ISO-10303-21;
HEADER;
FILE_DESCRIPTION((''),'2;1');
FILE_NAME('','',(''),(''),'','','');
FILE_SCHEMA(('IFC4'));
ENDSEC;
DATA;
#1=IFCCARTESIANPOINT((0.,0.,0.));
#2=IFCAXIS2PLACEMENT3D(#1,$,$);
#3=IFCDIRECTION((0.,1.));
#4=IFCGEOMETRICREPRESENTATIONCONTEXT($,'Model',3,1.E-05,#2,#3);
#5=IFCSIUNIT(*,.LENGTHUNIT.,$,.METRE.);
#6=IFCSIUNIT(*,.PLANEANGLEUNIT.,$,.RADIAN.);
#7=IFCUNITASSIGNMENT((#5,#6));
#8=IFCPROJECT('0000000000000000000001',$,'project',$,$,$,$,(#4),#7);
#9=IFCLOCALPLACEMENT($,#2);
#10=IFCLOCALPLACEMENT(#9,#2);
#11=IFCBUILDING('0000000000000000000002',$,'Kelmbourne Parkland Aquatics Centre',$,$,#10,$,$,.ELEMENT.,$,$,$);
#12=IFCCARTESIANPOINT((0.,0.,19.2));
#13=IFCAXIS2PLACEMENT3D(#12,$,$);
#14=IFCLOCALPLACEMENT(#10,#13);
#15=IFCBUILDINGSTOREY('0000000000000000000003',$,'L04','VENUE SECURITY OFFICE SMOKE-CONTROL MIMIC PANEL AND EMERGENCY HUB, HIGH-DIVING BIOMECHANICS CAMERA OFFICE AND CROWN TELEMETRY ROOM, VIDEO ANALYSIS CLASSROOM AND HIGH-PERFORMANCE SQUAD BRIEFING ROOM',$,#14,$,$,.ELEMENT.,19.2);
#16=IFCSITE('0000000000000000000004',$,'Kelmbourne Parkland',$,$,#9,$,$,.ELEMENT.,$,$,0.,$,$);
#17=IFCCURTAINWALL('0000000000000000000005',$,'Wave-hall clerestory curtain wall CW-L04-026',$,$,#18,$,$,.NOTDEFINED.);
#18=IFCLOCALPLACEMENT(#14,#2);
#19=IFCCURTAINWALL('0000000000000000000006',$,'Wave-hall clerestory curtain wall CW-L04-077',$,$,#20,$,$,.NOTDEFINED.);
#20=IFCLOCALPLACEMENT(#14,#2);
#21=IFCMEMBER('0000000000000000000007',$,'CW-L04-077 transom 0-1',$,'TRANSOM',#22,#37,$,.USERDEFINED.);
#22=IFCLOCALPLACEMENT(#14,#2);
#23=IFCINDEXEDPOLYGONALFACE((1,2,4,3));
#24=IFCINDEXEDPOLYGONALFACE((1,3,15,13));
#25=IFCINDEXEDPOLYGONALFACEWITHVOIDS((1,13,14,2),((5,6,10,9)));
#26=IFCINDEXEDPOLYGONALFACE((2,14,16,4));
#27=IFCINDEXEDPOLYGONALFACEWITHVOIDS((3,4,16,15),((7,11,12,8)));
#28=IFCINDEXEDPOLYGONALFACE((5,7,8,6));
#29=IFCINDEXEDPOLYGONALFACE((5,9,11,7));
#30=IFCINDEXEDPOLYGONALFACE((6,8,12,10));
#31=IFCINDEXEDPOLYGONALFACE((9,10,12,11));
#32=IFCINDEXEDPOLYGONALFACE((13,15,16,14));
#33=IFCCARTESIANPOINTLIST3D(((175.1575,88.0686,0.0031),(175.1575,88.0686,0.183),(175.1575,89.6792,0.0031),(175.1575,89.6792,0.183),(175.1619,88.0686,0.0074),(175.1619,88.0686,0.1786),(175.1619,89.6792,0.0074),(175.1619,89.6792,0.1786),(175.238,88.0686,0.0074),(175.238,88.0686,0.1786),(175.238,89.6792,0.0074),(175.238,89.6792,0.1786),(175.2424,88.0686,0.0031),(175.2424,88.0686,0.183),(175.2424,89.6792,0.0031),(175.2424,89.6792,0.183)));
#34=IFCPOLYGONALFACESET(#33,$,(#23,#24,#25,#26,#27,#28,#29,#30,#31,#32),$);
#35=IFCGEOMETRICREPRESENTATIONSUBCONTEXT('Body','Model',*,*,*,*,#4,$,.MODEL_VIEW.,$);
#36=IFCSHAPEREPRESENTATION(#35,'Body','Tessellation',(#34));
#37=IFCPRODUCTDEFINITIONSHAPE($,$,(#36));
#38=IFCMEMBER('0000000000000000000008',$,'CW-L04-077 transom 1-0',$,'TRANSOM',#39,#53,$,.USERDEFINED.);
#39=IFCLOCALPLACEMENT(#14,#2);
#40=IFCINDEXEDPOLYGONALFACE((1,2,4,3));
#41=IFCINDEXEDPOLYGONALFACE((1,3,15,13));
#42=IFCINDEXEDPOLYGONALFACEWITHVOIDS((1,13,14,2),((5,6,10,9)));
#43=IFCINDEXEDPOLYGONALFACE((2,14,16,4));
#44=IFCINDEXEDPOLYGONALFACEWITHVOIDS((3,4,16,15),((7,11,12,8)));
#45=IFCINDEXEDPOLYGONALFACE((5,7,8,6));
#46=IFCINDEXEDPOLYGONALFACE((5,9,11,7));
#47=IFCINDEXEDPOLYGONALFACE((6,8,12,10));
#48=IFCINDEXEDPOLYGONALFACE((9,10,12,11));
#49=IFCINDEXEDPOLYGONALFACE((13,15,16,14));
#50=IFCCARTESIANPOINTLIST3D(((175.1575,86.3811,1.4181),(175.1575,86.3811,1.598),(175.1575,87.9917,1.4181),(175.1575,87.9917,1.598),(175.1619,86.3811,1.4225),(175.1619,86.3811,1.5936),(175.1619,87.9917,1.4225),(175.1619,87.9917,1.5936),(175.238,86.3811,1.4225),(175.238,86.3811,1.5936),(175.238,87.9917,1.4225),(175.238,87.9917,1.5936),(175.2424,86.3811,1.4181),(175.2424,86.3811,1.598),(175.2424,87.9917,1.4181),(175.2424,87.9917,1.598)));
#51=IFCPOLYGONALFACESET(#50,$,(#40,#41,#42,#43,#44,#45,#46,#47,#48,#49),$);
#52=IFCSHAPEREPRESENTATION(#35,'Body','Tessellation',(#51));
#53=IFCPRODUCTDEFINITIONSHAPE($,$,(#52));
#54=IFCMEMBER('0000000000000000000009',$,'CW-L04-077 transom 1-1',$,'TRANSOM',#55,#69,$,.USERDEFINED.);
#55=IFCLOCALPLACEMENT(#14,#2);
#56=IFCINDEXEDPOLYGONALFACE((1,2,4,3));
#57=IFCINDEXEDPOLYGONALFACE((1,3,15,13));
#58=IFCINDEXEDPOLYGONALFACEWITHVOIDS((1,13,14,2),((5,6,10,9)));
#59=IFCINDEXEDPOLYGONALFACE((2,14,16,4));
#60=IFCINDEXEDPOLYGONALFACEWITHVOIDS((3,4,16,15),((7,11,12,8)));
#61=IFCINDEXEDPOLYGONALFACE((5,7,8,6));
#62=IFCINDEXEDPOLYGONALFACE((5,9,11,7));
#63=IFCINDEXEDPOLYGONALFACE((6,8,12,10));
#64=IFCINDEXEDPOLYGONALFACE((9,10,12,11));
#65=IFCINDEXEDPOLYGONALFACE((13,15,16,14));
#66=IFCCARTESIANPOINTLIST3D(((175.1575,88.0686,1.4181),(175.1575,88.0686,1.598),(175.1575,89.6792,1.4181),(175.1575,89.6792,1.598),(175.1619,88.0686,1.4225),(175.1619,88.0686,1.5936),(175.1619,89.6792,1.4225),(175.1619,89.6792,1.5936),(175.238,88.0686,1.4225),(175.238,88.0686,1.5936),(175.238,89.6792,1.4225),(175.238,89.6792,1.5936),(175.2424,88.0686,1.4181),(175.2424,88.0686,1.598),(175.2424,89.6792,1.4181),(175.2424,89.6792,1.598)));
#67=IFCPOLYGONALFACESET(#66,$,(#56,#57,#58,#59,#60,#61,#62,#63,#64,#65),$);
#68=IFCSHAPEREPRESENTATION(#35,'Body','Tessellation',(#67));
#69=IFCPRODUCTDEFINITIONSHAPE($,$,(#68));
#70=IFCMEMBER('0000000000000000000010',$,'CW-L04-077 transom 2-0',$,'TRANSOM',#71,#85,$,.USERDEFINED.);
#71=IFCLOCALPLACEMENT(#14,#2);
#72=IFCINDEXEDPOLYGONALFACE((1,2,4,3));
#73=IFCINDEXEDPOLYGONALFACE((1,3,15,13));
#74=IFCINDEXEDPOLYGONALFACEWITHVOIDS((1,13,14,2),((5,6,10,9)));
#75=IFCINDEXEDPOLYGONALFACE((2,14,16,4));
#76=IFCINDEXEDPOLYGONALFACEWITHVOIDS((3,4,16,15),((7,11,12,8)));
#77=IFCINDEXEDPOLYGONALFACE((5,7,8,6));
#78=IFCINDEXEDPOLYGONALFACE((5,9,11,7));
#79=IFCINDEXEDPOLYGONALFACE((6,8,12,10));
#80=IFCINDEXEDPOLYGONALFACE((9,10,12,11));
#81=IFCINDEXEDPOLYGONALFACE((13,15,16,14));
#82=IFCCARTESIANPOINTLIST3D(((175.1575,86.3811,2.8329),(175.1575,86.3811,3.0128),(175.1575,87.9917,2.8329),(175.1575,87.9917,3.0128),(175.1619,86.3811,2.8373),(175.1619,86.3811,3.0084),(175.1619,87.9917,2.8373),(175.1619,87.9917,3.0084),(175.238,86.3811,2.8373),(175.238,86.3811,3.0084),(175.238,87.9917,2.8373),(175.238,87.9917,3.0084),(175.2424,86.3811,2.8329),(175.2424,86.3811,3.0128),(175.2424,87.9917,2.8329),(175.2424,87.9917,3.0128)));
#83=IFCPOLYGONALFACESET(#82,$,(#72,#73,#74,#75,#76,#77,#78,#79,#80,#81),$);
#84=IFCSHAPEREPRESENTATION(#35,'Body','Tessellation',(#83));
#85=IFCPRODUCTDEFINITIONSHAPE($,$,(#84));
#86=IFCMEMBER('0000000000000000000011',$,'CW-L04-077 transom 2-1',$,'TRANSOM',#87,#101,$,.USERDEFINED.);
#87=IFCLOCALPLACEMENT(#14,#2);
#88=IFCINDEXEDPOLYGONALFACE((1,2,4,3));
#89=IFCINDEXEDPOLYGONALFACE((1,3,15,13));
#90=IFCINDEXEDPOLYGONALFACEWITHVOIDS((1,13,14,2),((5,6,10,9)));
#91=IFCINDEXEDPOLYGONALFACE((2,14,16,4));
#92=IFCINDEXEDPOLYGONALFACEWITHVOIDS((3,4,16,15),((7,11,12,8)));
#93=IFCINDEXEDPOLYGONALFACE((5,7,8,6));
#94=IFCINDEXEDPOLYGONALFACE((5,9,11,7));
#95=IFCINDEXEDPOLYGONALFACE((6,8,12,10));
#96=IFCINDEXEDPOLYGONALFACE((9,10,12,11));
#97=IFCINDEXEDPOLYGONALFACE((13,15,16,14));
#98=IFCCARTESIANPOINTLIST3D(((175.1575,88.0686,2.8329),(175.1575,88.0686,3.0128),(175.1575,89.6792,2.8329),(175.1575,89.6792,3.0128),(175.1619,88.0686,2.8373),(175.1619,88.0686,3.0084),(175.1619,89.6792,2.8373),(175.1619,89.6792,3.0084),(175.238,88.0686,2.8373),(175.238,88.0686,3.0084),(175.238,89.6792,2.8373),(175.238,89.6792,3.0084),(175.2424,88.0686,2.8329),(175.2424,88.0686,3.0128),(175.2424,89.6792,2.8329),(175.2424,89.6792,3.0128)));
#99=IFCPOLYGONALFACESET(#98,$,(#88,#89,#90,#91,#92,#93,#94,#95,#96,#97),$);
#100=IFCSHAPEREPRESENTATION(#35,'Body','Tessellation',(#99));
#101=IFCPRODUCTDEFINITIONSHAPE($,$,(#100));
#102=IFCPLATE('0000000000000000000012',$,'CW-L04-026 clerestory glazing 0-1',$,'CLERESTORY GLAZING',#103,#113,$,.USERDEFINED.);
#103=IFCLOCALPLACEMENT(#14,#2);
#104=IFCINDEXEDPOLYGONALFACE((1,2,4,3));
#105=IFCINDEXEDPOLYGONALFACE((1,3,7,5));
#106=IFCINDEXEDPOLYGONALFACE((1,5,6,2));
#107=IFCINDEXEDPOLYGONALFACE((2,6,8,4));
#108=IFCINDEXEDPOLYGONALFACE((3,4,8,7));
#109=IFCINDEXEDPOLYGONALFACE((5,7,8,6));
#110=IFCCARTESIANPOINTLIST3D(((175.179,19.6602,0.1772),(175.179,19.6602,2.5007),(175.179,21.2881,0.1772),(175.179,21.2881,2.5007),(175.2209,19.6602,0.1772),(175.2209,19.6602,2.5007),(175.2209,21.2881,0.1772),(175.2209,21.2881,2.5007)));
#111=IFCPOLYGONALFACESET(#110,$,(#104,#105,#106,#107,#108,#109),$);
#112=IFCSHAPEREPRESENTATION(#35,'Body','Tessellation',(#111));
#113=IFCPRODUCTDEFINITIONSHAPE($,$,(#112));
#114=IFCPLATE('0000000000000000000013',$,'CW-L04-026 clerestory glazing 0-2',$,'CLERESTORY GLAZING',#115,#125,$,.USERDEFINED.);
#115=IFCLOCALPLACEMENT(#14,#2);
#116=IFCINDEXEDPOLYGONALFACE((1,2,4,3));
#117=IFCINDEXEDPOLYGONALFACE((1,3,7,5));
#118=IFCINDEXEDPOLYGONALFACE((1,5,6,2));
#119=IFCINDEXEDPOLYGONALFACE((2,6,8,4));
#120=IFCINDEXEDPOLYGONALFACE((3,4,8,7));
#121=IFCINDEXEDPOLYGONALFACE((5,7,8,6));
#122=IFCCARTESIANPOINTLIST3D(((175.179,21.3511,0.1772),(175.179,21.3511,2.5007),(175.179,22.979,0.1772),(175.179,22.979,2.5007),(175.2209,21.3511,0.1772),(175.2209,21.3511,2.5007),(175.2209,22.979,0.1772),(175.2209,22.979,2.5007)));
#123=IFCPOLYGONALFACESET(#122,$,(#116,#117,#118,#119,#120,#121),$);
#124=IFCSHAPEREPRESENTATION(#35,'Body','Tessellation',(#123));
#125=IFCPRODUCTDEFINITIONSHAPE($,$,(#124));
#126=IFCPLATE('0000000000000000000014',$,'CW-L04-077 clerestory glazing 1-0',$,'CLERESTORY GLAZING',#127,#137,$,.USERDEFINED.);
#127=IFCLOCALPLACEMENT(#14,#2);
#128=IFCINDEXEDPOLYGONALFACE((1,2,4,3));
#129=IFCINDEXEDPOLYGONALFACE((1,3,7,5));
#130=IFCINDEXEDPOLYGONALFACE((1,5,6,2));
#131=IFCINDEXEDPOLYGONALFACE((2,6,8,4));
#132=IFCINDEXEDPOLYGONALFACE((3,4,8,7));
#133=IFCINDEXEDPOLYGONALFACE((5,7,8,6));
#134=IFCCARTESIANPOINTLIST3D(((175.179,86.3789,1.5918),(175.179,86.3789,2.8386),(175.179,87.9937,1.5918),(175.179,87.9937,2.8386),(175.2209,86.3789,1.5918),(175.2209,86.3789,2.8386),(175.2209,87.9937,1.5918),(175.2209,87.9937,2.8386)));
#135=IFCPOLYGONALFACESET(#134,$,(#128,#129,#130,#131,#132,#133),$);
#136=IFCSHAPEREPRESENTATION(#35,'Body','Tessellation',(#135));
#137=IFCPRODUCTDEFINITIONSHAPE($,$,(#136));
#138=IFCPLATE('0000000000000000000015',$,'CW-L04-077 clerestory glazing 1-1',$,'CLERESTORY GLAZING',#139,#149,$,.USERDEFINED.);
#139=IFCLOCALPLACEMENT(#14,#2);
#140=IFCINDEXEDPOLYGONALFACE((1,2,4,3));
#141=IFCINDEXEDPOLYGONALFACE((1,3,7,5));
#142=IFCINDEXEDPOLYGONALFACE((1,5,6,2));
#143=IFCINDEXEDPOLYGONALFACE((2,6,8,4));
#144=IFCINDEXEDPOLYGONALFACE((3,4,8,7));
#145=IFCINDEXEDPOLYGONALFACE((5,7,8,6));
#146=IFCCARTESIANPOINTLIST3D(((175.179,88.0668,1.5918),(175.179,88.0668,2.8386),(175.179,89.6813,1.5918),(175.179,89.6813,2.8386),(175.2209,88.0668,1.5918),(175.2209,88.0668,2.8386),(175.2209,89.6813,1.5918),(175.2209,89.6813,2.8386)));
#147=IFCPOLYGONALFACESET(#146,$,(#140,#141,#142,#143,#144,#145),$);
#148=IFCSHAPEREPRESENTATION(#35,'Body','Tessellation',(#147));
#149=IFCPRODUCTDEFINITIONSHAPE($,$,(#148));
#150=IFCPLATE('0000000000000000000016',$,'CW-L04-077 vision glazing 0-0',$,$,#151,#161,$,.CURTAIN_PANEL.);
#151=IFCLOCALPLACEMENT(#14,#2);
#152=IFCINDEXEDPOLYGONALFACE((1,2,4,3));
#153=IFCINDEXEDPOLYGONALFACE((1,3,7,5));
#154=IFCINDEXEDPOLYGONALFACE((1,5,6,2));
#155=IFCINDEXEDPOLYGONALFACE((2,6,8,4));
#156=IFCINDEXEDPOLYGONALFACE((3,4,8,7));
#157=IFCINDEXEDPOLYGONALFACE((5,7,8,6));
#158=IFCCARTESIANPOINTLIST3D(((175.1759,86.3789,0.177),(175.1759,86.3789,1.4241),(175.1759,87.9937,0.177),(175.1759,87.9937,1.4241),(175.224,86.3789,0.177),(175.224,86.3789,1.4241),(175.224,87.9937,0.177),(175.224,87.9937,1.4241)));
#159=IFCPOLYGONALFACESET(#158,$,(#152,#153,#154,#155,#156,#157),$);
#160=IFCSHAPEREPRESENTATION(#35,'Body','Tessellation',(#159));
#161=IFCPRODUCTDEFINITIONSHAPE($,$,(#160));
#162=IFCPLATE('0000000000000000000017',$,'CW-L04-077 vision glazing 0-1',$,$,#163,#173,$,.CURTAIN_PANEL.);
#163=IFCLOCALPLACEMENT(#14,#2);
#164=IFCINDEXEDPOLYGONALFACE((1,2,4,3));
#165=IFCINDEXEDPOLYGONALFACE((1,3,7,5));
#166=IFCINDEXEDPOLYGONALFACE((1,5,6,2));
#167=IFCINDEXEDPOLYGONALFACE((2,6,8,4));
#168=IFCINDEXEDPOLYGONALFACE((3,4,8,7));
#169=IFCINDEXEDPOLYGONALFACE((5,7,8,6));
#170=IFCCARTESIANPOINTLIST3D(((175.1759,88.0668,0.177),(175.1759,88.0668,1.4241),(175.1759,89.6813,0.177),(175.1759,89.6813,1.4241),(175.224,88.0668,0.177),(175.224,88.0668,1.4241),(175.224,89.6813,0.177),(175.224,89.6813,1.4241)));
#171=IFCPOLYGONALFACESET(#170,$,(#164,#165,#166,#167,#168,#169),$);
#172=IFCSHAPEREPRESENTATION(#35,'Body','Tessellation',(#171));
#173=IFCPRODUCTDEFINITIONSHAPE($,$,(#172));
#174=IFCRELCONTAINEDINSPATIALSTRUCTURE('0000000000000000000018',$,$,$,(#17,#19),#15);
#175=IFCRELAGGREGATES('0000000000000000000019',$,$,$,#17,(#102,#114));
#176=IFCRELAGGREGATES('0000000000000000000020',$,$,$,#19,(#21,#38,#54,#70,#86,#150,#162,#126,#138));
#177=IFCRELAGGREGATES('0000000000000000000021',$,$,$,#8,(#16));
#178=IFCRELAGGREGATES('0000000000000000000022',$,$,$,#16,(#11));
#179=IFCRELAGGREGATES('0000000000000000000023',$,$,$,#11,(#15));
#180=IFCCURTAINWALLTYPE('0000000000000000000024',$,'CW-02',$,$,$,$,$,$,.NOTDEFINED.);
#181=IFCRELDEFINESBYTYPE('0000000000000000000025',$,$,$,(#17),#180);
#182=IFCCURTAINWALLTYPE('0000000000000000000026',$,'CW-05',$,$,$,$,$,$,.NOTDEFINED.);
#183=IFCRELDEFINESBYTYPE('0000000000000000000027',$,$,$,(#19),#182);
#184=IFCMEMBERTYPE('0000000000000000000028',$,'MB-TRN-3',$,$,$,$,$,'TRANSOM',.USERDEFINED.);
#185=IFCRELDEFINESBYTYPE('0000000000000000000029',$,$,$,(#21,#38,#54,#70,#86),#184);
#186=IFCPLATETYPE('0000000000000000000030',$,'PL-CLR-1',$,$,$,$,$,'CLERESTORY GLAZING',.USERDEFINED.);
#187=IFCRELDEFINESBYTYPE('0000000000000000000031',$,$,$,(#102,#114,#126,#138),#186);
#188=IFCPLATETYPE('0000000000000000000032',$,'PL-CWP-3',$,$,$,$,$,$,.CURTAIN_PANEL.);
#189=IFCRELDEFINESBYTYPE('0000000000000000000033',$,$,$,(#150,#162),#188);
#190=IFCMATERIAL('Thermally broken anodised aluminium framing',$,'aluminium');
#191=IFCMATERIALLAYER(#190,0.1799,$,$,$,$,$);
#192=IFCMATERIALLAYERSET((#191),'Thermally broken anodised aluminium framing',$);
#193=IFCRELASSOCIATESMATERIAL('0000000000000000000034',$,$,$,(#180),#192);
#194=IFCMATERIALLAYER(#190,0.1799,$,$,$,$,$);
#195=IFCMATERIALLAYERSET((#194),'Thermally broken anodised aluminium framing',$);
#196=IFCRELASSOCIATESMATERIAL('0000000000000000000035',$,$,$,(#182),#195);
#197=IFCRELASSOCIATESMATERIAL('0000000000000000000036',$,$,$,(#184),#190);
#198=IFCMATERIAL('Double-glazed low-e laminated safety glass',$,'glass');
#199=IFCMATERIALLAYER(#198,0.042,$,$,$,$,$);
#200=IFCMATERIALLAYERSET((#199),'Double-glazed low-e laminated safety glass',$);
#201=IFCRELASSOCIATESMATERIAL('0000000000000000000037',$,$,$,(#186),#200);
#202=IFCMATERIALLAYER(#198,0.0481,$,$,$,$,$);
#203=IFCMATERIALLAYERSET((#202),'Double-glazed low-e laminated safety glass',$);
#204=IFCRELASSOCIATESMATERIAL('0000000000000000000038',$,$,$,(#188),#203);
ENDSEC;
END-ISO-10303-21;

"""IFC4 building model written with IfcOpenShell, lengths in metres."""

from ifc_helpers import new_model, si_unit, direction, frame, origin, origin_2d, place, context, subcontext, project, spatial, rectangle, hollow_rectangle, extrude, material, layer, layer_set, material_profile, profile_set, type_object, element, aggregate, save


model = new_model("IFC4")

# Units and contexts
model_context = context("Model", 3, precision=1e-05, world=origin(), true_north=direction((0.0, 1.0)))
body_context = subcontext(model_context, "Body", "Model", "MODEL_VIEW")
ifc_project = project(units=[si_unit("LENGTHUNIT", "METRE"), si_unit("PLANEANGLEUNIT", "RADIAN")], contexts=[model_context])

# Site, building, storey
site_placement = place(None, origin())
site = spatial("IfcSite", under=ifc_project, at=site_placement, Name="Kelmbourne Parkland", CompositionType="ELEMENT", RefElevation=0.0)
building_placement = place(site_placement, origin())
building = spatial("IfcBuilding", under=site, at=building_placement, Name="Kelmbourne Parkland Aquatics Centre", CompositionType="ELEMENT")
storey_placement = place(building_placement, frame((0.0, 0.0, 19.2)))
storey = spatial("IfcBuildingStorey", under=building, at=storey_placement, Name="L04", Description="VENUE SECURITY OFFICE SMOKE-CONTROL MIMIC PANEL AND EMERGENCY HUB, HIGH-DIVING BIOMECHANICS CAMERA OFFICE AND CROWN TELEMETRY ROOM, VIDEO ANALYSIS CLASSROOM AND HIGH-PERFORMANCE SQUAD BRIEFING ROOM", CompositionType="ELEMENT", Elevation=19.2)

# Curtain walls
ifc_material_1 = material(Name="Thermally broken anodised aluminium framing", Category="aluminium")
ifc_layer_1 = layer(ifc_material_1, 0.1799)
ifc_layer_set_1 = layer_set([ifc_layer_1], Name="Thermally broken anodised aluminium framing")
curtain_wall_type_1 = type_object("IfcCurtainWallType", Name="CW-02", PredefinedType="NOTDEFINED", material=ifc_layer_set_1)
curtain_wall_1_placement = place(storey_placement, origin())
curtain_wall_1 = element("IfcCurtainWall", 1, at=curtain_wall_1_placement, inside=storey, type_object=curtain_wall_type_1, Name="Wave-hall clerestory curtain wall CW-L04-026", PredefinedType="NOTDEFINED")
ifc_layer_2 = layer(ifc_material_1, 0.1799)
ifc_layer_set_2 = layer_set([ifc_layer_2], Name="Thermally broken anodised aluminium framing")
curtain_wall_type_2 = type_object("IfcCurtainWallType", Name="CW-05", PredefinedType="NOTDEFINED", material=ifc_layer_set_2)
curtain_wall_2_placement = place(storey_placement, origin())
curtain_wall_2 = element("IfcCurtainWall", 2, at=curtain_wall_2_placement, inside=storey, type_object=curtain_wall_type_2, Name="Wave-hall clerestory curtain wall CW-L04-077", PredefinedType="NOTDEFINED")

# Members
ifc_material_profile_1 = material_profile(ifc_material_1, hollow_rectangle(XDim=0.085, YDim=0.1799, WallThickness=0.0044, at=origin_2d()), Name="CW-T 85x180")
ifc_profile_set_1 = profile_set([ifc_material_profile_1], Name="Thermally broken anodised aluminium framing")
member_type_1 = type_object("IfcMemberType", Name="MB-TRN-3", ElementType="TRANSOM", PredefinedType="USERDEFINED", material=ifc_profile_set_1)
member_1_placement = place(storey_placement, frame((175.2, 88.0686, 0.093), z_axis=(0.0, 1.0, 0.0), x_axis=(-1.0, 0.0, 0.0)))
member_1 = element("IfcMember", 3, at=member_1_placement, type_object=member_type_1, Name="CW-L04-077 transom 0-1", ObjectType="TRANSOM", PredefinedType="USERDEFINED", context=body_context, shape_type="SweptSolid", body=[
    extrude(hollow_rectangle(XDim=0.085, YDim=0.1799, WallThickness=0.0044, at=origin_2d()), origin(), (0.0, 0.0, 1.0), 1.6106),
])
member_2_placement = place(storey_placement, frame((175.2, 86.3811, 1.5081), z_axis=(0.0, 1.0, 0.0), x_axis=(-1.0, 0.0, 0.0)))
member_2 = element("IfcMember", 4, at=member_2_placement, type_object=member_type_1, Name="CW-L04-077 transom 1-0", ObjectType="TRANSOM", PredefinedType="USERDEFINED", context=body_context, shape_type="SweptSolid", body=[
    extrude(hollow_rectangle(XDim=0.085, YDim=0.1799, WallThickness=0.0044, at=origin_2d()), origin(), (0.0, 0.0, 1.0), 1.6106),
])
member_3_placement = place(storey_placement, frame((175.2, 88.0686, 1.5081), z_axis=(0.0, 1.0, 0.0), x_axis=(-1.0, 0.0, 0.0)))
member_3 = element("IfcMember", 5, at=member_3_placement, type_object=member_type_1, Name="CW-L04-077 transom 1-1", ObjectType="TRANSOM", PredefinedType="USERDEFINED", context=body_context, shape_type="SweptSolid", body=[
    extrude(hollow_rectangle(XDim=0.085, YDim=0.1799, WallThickness=0.0044, at=origin_2d()), origin(), (0.0, 0.0, 1.0), 1.6106),
])
member_4_placement = place(storey_placement, frame((175.2, 86.3811, 2.9229), z_axis=(0.0, 1.0, 0.0), x_axis=(-1.0, 0.0, 0.0)))
member_4 = element("IfcMember", 6, at=member_4_placement, type_object=member_type_1, Name="CW-L04-077 transom 2-0", ObjectType="TRANSOM", PredefinedType="USERDEFINED", context=body_context, shape_type="SweptSolid", body=[
    extrude(hollow_rectangle(XDim=0.085, YDim=0.1799, WallThickness=0.0044, at=origin_2d()), origin(), (0.0, 0.0, 1.0), 1.6106),
])
member_5_placement = place(storey_placement, frame((175.2, 88.0686, 2.9229), z_axis=(0.0, 1.0, 0.0), x_axis=(-1.0, 0.0, 0.0)))
member_5 = element("IfcMember", 7, at=member_5_placement, type_object=member_type_1, Name="CW-L04-077 transom 2-1", ObjectType="TRANSOM", PredefinedType="USERDEFINED", context=body_context, shape_type="SweptSolid", body=[
    extrude(hollow_rectangle(XDim=0.085, YDim=0.1799, WallThickness=0.0044, at=origin_2d()), origin(), (0.0, 0.0, 1.0), 1.6106),
])

# Plates
ifc_material_2 = material(Name="Double-glazed low-e laminated safety glass", Category="glass")
ifc_layer_3 = layer(ifc_material_2, 0.042)
ifc_layer_set_3 = layer_set([ifc_layer_3], Name="Double-glazed low-e laminated safety glass")
plate_type_1 = type_object("IfcPlateType", Name="PL-CLR-1", ElementType="CLERESTORY GLAZING", PredefinedType="USERDEFINED", material=ifc_layer_set_3)
plate_1_placement = place(storey_placement, frame((175.2, 20.4741, 0.1772), z_axis=(0.0, 0.0, 1.0), x_axis=(0.0, 1.0, 0.0)))
plate_1 = element("IfcPlate", 8, at=plate_1_placement, type_object=plate_type_1, Name="CW-L04-026 clerestory glazing 0-1", ObjectType="CLERESTORY GLAZING", PredefinedType="USERDEFINED", context=body_context, shape_type="SweptSolid", body=[
    extrude(rectangle(XDim=1.6279, YDim=0.042, at=origin_2d()), origin(), (0.0, 0.0, 1.0), 2.3235),
])
plate_2_placement = place(storey_placement, frame((175.2, 22.165, 0.1772), z_axis=(0.0, 0.0, 1.0), x_axis=(0.0, 1.0, 0.0)))
plate_2 = element("IfcPlate", 9, at=plate_2_placement, type_object=plate_type_1, Name="CW-L04-026 clerestory glazing 0-2", ObjectType="CLERESTORY GLAZING", PredefinedType="USERDEFINED", context=body_context, shape_type="SweptSolid", body=[
    extrude(rectangle(XDim=1.6279, YDim=0.042, at=origin_2d()), origin(), (0.0, 0.0, 1.0), 2.3235),
])
aggregate(curtain_wall_1, [plate_1, plate_2])
plate_3_placement = place(storey_placement, frame((175.2, 87.1863, 1.5918), z_axis=(0.0, 0.0, 1.0), x_axis=(0.0, 1.0, 0.0)))
plate_3 = element("IfcPlate", 10, at=plate_3_placement, type_object=plate_type_1, Name="CW-L04-077 clerestory glazing 1-0", ObjectType="CLERESTORY GLAZING", PredefinedType="USERDEFINED", context=body_context, shape_type="SweptSolid", body=[
    extrude(rectangle(XDim=1.6147, YDim=0.042, at=origin_2d()), origin(), (0.0, 0.0, 1.0), 1.2468),
])
plate_4_placement = place(storey_placement, frame((175.2, 88.874, 1.5918), z_axis=(0.0, 0.0, 1.0), x_axis=(0.0, 1.0, 0.0)))
plate_4 = element("IfcPlate", 11, at=plate_4_placement, type_object=plate_type_1, Name="CW-L04-077 clerestory glazing 1-1", ObjectType="CLERESTORY GLAZING", PredefinedType="USERDEFINED", context=body_context, shape_type="SweptSolid", body=[
    extrude(rectangle(XDim=1.6145, YDim=0.042, at=origin_2d()), origin(), (0.0, 0.0, 1.0), 1.2468),
])
ifc_layer_4 = layer(ifc_material_2, 0.0481)
ifc_layer_set_4 = layer_set([ifc_layer_4], Name="Double-glazed low-e laminated safety glass")
plate_type_2 = type_object("IfcPlateType", Name="PL-CWP-3", PredefinedType="CURTAIN_PANEL", material=ifc_layer_set_4)
plate_5_placement = place(storey_placement, frame((175.2, 87.1863, 0.177), z_axis=(0.0, 0.0, 1.0), x_axis=(0.0, 1.0, 0.0)))
plate_5 = element("IfcPlate", 12, at=plate_5_placement, type_object=plate_type_2, Name="CW-L04-077 vision glazing 0-0", PredefinedType="CURTAIN_PANEL", context=body_context, shape_type="SweptSolid", body=[
    extrude(rectangle(XDim=1.6147, YDim=0.0481, at=origin_2d()), origin(), (0.0, 0.0, 1.0), 1.2471),
])
plate_6_placement = place(storey_placement, frame((175.2, 88.874, 0.177), z_axis=(0.0, 0.0, 1.0), x_axis=(0.0, 1.0, 0.0)))
plate_6 = element("IfcPlate", 13, at=plate_6_placement, type_object=plate_type_2, Name="CW-L04-077 vision glazing 0-1", PredefinedType="CURTAIN_PANEL", context=body_context, shape_type="SweptSolid", body=[
    extrude(rectangle(XDim=1.6145, YDim=0.0481, at=origin_2d()), origin(), (0.0, 0.0, 1.0), 1.2471),
])
aggregate(curtain_wall_2, [member_1, member_2, member_3, member_4, member_5, plate_5, plate_6, plate_3, plate_4])

save(model, "model.ifc")
